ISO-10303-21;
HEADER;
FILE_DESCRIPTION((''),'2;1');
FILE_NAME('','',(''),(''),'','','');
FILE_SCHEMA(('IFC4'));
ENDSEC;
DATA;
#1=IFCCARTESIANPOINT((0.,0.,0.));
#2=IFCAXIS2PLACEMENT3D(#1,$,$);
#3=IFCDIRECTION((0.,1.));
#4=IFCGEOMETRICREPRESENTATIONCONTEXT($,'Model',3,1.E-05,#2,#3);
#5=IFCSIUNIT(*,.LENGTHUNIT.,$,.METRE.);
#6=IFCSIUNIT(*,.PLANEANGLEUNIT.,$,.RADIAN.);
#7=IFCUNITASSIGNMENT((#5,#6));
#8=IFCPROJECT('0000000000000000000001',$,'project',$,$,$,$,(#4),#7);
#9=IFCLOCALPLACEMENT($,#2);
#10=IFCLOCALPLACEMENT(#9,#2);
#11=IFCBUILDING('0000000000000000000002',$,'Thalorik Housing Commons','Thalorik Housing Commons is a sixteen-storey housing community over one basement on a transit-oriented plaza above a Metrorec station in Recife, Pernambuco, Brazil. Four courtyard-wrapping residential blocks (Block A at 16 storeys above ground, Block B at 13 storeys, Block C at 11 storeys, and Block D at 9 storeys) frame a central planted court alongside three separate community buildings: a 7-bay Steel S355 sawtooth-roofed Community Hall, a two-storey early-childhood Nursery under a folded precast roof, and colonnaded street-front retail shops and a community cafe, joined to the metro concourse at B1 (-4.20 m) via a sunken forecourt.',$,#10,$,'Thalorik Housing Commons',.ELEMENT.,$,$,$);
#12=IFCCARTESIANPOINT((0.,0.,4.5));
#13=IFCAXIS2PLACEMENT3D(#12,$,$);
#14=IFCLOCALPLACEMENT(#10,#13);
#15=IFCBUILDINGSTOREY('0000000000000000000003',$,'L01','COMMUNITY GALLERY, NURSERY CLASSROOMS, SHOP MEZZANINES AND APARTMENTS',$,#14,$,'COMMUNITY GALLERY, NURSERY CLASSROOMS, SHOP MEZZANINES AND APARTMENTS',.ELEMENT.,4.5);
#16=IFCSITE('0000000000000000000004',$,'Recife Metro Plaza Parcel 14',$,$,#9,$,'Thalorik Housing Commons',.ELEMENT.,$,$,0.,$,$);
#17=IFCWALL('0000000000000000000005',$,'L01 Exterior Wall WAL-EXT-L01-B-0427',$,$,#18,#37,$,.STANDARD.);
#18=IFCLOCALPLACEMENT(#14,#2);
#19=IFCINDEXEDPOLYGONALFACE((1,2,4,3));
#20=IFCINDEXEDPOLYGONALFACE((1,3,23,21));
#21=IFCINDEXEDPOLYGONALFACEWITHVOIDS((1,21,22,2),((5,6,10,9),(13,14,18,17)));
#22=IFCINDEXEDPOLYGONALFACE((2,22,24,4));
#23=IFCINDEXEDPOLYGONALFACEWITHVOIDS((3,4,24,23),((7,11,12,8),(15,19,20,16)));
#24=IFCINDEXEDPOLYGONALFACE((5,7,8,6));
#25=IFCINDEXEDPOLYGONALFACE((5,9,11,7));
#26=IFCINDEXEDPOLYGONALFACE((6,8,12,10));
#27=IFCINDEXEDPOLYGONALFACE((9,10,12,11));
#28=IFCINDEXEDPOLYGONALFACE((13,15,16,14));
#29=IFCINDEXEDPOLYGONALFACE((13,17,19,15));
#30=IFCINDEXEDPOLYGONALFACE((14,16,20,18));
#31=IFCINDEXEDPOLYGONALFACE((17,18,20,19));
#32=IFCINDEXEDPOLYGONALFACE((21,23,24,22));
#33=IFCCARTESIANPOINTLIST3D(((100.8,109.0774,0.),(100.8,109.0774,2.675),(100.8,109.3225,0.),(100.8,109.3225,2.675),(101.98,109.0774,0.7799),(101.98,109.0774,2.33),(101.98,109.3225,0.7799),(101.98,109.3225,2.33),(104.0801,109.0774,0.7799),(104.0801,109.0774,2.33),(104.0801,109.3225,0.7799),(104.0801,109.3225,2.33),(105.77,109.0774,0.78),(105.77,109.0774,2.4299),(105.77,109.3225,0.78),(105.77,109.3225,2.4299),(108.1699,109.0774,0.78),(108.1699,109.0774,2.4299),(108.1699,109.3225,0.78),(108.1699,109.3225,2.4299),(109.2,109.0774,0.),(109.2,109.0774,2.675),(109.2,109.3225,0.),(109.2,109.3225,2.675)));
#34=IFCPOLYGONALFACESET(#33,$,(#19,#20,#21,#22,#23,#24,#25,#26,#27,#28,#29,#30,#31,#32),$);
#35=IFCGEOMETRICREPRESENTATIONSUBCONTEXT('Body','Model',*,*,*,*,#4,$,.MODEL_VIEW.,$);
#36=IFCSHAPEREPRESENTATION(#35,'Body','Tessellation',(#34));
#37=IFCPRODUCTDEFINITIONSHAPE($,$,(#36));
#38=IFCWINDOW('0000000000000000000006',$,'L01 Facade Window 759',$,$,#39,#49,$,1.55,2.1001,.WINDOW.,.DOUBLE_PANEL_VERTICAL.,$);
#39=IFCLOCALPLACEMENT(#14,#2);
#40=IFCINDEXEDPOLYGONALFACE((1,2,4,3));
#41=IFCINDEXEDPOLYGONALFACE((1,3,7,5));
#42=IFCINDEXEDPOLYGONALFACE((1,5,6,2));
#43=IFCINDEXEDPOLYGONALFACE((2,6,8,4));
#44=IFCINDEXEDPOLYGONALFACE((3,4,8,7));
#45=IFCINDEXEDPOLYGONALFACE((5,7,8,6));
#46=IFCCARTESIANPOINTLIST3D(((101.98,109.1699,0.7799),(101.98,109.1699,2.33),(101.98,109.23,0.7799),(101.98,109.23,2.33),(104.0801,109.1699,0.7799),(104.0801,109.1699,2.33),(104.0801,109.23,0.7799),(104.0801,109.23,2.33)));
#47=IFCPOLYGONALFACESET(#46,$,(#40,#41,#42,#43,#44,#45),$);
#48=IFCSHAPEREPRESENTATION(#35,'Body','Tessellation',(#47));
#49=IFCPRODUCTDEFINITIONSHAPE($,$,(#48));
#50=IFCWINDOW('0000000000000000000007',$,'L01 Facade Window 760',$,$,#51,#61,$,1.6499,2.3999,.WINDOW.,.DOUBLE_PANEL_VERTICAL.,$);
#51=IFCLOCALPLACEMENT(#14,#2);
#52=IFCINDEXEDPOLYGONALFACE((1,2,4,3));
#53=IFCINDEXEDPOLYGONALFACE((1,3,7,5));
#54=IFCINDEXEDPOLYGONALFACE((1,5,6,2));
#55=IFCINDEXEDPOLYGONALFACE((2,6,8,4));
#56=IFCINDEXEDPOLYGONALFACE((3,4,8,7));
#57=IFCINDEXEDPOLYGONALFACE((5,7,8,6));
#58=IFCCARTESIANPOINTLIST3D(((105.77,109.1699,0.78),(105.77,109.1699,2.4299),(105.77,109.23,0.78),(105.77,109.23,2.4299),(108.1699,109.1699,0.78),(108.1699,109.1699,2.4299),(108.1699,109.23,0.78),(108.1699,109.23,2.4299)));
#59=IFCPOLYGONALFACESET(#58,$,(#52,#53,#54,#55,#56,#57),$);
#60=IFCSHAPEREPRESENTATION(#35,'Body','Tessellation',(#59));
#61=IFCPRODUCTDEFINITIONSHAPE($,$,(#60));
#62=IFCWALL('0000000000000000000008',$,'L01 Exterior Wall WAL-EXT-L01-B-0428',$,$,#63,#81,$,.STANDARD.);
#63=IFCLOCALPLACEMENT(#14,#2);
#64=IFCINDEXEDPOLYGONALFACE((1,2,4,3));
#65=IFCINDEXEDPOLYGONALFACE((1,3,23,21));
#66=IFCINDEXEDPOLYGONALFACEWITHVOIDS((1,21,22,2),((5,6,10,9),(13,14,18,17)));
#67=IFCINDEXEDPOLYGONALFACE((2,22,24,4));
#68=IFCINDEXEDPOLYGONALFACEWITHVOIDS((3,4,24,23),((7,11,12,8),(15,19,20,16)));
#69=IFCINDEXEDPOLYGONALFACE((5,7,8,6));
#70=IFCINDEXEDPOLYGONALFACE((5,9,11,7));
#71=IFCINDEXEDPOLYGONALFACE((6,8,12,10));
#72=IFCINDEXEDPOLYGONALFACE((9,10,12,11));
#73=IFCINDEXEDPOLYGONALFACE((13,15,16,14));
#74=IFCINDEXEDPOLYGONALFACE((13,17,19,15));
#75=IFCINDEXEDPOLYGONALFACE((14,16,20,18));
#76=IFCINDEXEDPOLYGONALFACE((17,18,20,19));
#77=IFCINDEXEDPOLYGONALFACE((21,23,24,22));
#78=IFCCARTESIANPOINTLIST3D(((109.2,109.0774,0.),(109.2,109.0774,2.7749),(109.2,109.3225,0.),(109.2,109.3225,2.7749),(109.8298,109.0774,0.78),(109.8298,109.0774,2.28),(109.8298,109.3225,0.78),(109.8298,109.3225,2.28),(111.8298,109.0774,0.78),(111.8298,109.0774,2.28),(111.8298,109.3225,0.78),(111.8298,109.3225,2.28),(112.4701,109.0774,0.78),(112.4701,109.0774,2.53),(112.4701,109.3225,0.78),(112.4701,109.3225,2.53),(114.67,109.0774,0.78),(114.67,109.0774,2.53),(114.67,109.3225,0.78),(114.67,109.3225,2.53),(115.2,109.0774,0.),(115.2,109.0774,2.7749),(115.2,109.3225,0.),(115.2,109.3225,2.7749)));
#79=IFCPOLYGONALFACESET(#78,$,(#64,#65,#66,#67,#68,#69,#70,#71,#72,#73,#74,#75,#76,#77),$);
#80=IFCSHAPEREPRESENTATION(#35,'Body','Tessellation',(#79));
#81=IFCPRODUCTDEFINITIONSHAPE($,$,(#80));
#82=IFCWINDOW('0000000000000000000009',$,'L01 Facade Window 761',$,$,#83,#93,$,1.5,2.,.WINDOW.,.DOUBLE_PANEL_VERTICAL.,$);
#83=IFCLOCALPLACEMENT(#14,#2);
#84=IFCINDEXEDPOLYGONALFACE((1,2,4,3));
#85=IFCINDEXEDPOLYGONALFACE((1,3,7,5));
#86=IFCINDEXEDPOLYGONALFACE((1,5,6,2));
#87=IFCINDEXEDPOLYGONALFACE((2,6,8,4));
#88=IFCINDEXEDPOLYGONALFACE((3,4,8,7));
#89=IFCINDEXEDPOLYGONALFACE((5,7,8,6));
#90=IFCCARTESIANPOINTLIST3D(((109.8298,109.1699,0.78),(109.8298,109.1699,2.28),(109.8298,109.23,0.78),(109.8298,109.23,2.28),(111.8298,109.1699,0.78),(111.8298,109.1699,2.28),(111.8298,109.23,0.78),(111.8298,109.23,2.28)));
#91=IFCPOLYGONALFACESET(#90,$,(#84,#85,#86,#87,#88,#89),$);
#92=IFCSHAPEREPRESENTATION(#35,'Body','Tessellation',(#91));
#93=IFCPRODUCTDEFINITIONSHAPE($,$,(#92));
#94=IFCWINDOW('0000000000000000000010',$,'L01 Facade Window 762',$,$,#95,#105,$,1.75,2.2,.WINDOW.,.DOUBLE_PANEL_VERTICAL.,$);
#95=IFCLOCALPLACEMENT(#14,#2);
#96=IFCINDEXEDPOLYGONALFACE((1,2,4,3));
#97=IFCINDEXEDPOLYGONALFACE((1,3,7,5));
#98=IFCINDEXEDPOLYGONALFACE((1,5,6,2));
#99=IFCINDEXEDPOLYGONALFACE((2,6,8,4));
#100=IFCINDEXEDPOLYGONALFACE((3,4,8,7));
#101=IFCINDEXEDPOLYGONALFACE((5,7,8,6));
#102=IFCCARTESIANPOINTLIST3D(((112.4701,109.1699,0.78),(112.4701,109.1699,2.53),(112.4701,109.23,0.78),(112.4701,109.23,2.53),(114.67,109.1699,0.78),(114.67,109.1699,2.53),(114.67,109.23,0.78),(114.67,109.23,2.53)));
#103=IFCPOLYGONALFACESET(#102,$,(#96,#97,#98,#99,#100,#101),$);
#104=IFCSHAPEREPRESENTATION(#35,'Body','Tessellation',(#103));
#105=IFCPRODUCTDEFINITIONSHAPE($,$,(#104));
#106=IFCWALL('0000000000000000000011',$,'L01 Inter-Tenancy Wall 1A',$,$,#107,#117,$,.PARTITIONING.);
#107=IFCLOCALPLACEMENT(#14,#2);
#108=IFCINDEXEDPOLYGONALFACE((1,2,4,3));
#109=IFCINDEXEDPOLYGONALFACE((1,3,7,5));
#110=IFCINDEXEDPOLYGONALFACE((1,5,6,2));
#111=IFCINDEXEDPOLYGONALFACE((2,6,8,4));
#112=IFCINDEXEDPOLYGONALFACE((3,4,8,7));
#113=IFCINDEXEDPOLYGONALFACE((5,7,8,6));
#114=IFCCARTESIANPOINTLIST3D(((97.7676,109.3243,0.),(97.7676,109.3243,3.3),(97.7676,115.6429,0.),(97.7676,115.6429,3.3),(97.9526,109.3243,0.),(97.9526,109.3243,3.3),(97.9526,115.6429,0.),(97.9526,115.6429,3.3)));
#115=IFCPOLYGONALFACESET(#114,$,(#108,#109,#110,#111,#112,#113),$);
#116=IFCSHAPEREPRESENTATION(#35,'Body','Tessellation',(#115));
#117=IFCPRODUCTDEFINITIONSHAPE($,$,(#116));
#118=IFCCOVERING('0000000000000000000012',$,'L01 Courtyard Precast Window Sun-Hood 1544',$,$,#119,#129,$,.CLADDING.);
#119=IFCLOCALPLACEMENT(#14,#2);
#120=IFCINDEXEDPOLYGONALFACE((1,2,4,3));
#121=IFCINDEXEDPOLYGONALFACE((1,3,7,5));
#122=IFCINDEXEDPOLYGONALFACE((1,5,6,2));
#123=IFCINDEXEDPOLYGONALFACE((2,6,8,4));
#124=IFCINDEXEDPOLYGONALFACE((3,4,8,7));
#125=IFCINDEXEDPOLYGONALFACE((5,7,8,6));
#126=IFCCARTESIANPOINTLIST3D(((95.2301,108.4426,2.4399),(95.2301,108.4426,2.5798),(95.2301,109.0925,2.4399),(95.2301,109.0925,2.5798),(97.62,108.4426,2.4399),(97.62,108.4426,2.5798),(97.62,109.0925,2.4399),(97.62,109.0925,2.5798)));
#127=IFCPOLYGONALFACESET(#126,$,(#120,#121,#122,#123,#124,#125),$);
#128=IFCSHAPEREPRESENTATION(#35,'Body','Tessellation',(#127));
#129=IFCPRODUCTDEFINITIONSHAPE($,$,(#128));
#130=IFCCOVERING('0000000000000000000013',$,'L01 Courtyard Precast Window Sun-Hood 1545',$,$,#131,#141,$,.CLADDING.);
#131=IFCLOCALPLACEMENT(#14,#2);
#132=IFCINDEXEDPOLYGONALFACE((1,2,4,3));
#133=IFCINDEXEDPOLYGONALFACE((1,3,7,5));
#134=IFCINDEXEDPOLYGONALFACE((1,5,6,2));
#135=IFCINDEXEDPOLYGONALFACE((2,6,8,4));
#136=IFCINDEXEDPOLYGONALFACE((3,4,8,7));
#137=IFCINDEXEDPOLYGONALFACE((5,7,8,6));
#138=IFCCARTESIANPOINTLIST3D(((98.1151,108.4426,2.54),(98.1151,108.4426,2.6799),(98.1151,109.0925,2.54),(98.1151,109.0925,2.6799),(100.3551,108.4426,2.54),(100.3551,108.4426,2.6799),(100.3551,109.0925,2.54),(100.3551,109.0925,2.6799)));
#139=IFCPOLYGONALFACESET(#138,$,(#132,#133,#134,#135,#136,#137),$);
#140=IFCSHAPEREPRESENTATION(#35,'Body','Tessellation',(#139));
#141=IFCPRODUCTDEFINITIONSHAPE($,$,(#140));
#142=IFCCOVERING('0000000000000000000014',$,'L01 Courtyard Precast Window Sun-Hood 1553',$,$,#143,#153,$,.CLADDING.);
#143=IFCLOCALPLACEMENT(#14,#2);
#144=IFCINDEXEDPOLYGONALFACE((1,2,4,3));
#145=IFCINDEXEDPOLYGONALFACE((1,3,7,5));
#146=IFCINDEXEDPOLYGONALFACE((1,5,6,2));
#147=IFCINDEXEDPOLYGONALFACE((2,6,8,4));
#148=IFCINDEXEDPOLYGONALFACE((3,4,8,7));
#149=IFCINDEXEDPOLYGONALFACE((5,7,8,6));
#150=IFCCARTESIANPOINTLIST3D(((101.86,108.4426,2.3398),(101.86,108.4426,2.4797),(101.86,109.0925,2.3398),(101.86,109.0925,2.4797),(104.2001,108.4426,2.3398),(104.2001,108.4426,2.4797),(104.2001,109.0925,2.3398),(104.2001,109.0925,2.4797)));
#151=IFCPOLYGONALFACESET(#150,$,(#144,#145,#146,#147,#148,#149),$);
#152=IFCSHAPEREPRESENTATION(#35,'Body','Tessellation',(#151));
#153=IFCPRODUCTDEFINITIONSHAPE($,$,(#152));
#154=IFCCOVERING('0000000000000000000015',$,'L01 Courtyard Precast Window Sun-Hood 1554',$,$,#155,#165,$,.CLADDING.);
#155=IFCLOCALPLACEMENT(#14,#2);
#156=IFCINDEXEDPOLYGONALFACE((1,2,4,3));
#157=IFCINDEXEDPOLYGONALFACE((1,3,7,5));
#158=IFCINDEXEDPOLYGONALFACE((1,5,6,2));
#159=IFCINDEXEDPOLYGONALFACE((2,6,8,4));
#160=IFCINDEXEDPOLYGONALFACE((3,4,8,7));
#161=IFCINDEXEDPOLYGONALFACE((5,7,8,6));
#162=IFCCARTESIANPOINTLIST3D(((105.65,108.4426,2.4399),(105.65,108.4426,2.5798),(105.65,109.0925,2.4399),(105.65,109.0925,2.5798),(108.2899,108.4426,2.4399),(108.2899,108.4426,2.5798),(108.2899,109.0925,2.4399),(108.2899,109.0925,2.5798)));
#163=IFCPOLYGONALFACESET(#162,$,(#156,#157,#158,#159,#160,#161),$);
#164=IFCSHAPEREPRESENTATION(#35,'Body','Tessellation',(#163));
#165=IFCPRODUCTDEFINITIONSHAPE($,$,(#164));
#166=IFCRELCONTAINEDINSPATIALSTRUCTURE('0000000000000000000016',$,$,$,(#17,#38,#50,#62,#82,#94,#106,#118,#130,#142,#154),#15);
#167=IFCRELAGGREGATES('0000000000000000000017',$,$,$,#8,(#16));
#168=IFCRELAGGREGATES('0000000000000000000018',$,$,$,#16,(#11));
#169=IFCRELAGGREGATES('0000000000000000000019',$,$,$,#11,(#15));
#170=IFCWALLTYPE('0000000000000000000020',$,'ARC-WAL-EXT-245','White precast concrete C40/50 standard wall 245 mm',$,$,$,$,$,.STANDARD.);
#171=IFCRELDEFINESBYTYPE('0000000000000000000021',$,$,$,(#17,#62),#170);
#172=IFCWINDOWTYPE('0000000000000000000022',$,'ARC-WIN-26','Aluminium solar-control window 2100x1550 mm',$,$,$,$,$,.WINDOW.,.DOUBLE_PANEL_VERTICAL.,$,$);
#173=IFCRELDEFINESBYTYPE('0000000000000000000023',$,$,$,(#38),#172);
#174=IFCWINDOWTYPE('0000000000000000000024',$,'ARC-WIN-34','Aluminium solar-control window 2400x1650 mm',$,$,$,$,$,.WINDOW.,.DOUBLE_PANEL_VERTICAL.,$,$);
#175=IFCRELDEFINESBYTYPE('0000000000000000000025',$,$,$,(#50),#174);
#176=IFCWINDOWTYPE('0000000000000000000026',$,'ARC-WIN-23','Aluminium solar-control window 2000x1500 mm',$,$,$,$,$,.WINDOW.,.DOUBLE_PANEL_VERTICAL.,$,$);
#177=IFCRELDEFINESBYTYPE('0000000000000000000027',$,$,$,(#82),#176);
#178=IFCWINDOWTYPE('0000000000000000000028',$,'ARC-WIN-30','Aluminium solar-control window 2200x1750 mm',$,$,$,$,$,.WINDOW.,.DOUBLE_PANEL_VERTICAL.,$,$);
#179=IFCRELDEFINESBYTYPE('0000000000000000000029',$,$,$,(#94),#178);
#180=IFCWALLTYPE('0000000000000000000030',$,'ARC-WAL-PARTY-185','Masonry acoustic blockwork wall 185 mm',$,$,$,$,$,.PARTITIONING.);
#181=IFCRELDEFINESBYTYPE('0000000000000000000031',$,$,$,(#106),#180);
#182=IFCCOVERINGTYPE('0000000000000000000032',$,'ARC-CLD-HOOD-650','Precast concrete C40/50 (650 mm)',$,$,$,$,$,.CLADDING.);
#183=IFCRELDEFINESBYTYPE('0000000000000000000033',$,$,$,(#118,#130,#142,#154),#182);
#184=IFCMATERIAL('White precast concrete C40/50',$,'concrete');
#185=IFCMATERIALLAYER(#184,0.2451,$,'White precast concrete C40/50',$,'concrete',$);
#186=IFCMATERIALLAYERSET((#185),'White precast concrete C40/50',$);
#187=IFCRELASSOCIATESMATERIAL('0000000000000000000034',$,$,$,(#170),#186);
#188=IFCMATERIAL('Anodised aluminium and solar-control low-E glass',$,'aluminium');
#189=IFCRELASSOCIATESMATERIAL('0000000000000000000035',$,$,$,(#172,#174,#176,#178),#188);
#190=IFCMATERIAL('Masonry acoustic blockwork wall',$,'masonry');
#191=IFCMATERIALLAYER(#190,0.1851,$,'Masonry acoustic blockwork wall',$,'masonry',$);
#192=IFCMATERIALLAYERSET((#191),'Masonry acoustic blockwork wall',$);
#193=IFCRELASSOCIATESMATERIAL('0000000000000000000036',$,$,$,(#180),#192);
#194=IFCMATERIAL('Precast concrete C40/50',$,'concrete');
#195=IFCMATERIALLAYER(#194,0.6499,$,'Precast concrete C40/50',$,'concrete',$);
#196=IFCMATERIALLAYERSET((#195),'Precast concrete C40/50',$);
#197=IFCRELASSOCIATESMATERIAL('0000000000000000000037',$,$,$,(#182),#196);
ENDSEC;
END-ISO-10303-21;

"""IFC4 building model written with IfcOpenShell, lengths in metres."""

from ifc_helpers import new_model, si_unit, direction, frame, frame_2d, origin, origin_2d, place, context, subcontext, project, spatial, rectangle, extrude, material, layer, layer_set, type_object, element, fill, save


model = new_model("IFC4")

# Units and contexts
model_context = context("Model", 3, precision=1e-05, world=origin(), true_north=direction((0.0, 1.0)))
body_context = subcontext(model_context, "Body", "Model", "MODEL_VIEW")
ifc_project = project(units=[si_unit("LENGTHUNIT", "METRE"), si_unit("PLANEANGLEUNIT", "RADIAN")], contexts=[model_context])

# Site, building, storey
site_placement = place(None, origin())
site = spatial("IfcSite", under=ifc_project, at=site_placement, Name="Recife Metro Plaza Parcel 14", LongName="Thalorik Housing Commons", CompositionType="ELEMENT", RefElevation=0.0)
building_placement = place(site_placement, origin())
building = spatial("IfcBuilding", under=site, at=building_placement, Name="Thalorik Housing Commons", Description="Thalorik Housing Commons is a sixteen-storey housing community over one basement on a transit-oriented plaza above a Metrorec station in Recife, Pernambuco, Brazil. Four courtyard-wrapping residential blocks (Block A at 16 storeys above ground, Block B at 13 storeys, Block C at 11 storeys, and Block D at 9 storeys) frame a central planted court alongside three separate community buildings: a 7-bay Steel S355 sawtooth-roofed Community Hall, a two-storey early-childhood Nursery under a folded precast roof, and colonnaded street-front retail shops and a community cafe, joined to the metro concourse at B1 (-4.20 m) via a sunken forecourt.", LongName="Thalorik Housing Commons", CompositionType="ELEMENT")
storey_placement = place(building_placement, frame((0.0, 0.0, 4.5)))
storey = spatial("IfcBuildingStorey", under=building, at=storey_placement, Name="L01", Description="COMMUNITY GALLERY, NURSERY CLASSROOMS, SHOP MEZZANINES AND APARTMENTS", LongName="COMMUNITY GALLERY, NURSERY CLASSROOMS, SHOP MEZZANINES AND APARTMENTS", CompositionType="ELEMENT", Elevation=4.5)

# Shared definitions
ifc_material_1 = material(Name="Precast concrete C40/50", Category="concrete")

# Walls, openings, windows
ifc_material_2 = material(Name="White precast concrete C40/50", Category="concrete")
ifc_layer_1 = layer(ifc_material_2, 0.2451, Name="White precast concrete C40/50", Category="concrete")
ifc_layer_set_1 = layer_set([ifc_layer_1], Name="White precast concrete C40/50")
wall_type_1 = type_object("IfcWallType", Name="ARC-WAL-EXT-245", Description="White precast concrete C40/50 standard wall 245 mm", PredefinedType="STANDARD", material=ifc_layer_set_1)
ifc_material_3 = material(Name="Anodised aluminium and solar-control low-E glass", Category="aluminium")
wall_1_placement = place(storey_placement, frame((100.8, 109.2, 0.0), z_axis=(0.0, 0.0, 1.0), x_axis=(1.0, 0.0, 0.0)))
wall_1 = element("IfcWall", 1, at=wall_1_placement, inside=storey, type_object=wall_type_1, Name="L01 Exterior Wall WAL-EXT-L01-B-0427", PredefinedType="STANDARD", context=body_context, shape_type="SweptSolid", body=[
    extrude(rectangle(XDim=8.3999, YDim=0.2451, at=frame_2d((4.2, 0.0))), origin(), (0.0, 0.0, 1.0), 2.675),
])
opening_1_placement = place(wall_1_placement, frame((1.1799, 0.0, 0.78)))
opening_1 = element("IfcOpeningElement", 2, at=opening_1_placement, cuts=wall_1, PredefinedType="OPENING", context=body_context, shape_type="SweptSolid", body=[
    extrude(rectangle(XDim=2.1001, YDim=1.55, at=frame_2d((1.05, 0.7749))), frame((0.0, 0.1326, 0.0), z_axis=(0.0, -1.0, 0.0), x_axis=(1.0, 0.0, 0.0)), (0.0, 0.0, 1.0), 0.2651),
])
opening_2_placement = place(wall_1_placement, frame((4.97, 0.0, 0.78)))
opening_2 = element("IfcOpeningElement", 3, at=opening_2_placement, cuts=wall_1, PredefinedType="OPENING", context=body_context, shape_type="SweptSolid", body=[
    extrude(rectangle(XDim=2.3999, YDim=1.6499, at=frame_2d((1.2, 0.825))), frame((0.0, 0.1326, 0.0), z_axis=(0.0, -1.0, 0.0), x_axis=(1.0, 0.0, 0.0)), (0.0, 0.0, 1.0), 0.2651),
])
window_type_1 = type_object("IfcWindowType", Name="ARC-WIN-26", Description="Aluminium solar-control window 2100x1550 mm", PartitioningType="DOUBLE_PANEL_VERTICAL", PredefinedType="WINDOW", material=ifc_material_3)
window_1_placement = place(opening_1_placement, origin())
window_1 = element("IfcWindow", 4, at=window_1_placement, inside=storey, type_object=window_type_1, Name="L01 Facade Window 759", OverallHeight=1.55, OverallWidth=2.1001, PartitioningType="DOUBLE_PANEL_VERTICAL", PredefinedType="WINDOW", context=body_context, shape_type="SweptSolid", body=[
    extrude(rectangle(XDim=2.1001, YDim=1.55, at=frame_2d((1.05, 0.7749))), frame((0.0, 0.03, 0.0), z_axis=(0.0, -1.0, 0.0), x_axis=(1.0, 0.0, 0.0)), (0.0, 0.0, 1.0), 0.0601),
])
fill(opening_1, window_1)
window_type_2 = type_object("IfcWindowType", Name="ARC-WIN-34", Description="Aluminium solar-control window 2400x1650 mm", PartitioningType="DOUBLE_PANEL_VERTICAL", PredefinedType="WINDOW", material=ifc_material_3)
window_2_placement = place(opening_2_placement, origin())
window_2 = element("IfcWindow", 5, at=window_2_placement, inside=storey, type_object=window_type_2, Name="L01 Facade Window 760", OverallHeight=1.6499, OverallWidth=2.3999, PartitioningType="DOUBLE_PANEL_VERTICAL", PredefinedType="WINDOW", context=body_context, shape_type="SweptSolid", body=[
    extrude(rectangle(XDim=2.3999, YDim=1.6499, at=frame_2d((1.2, 0.825))), frame((0.0, 0.03, 0.0), z_axis=(0.0, -1.0, 0.0), x_axis=(1.0, 0.0, 0.0)), (0.0, 0.0, 1.0), 0.0601),
])
fill(opening_2, window_2)
wall_2_placement = place(storey_placement, frame((109.2, 109.2, 0.0), z_axis=(0.0, 0.0, 1.0), x_axis=(1.0, 0.0, 0.0)))
wall_2 = element("IfcWall", 6, at=wall_2_placement, inside=storey, type_object=wall_type_1, Name="L01 Exterior Wall WAL-EXT-L01-B-0428", PredefinedType="STANDARD", context=body_context, shape_type="SweptSolid", body=[
    extrude(rectangle(XDim=6.0, YDim=0.2451, at=frame_2d((3.0, 0.0))), origin(), (0.0, 0.0, 1.0), 2.7749),
])
opening_3_placement = place(wall_2_placement, frame((0.6299, 0.0, 0.78)))
opening_3 = element("IfcOpeningElement", 7, at=opening_3_placement, cuts=wall_2, PredefinedType="OPENING", context=body_context, shape_type="SweptSolid", body=[
    extrude(rectangle(XDim=2.0, YDim=1.5, at=frame_2d((1.0, 0.75))), frame((0.0, 0.1326, 0.0), z_axis=(0.0, -1.0, 0.0), x_axis=(1.0, 0.0, 0.0)), (0.0, 0.0, 1.0), 0.2651),
])
opening_4_placement = place(wall_2_placement, frame((3.27, 0.0, 0.78)))
opening_4 = element("IfcOpeningElement", 8, at=opening_4_placement, cuts=wall_2, PredefinedType="OPENING", context=body_context, shape_type="SweptSolid", body=[
    extrude(rectangle(XDim=2.2, YDim=1.75, at=frame_2d((1.1001, 0.875))), frame((0.0, 0.1326, 0.0), z_axis=(0.0, -1.0, 0.0), x_axis=(1.0, 0.0, 0.0)), (0.0, 0.0, 1.0), 0.2651),
])
window_type_3 = type_object("IfcWindowType", Name="ARC-WIN-23", Description="Aluminium solar-control window 2000x1500 mm", PartitioningType="DOUBLE_PANEL_VERTICAL", PredefinedType="WINDOW", material=ifc_material_3)
window_3_placement = place(opening_3_placement, origin())
window_3 = element("IfcWindow", 9, at=window_3_placement, inside=storey, type_object=window_type_3, Name="L01 Facade Window 761", OverallHeight=1.5, OverallWidth=2.0, PartitioningType="DOUBLE_PANEL_VERTICAL", PredefinedType="WINDOW", context=body_context, shape_type="SweptSolid", body=[
    extrude(rectangle(XDim=2.0, YDim=1.5, at=frame_2d((1.0, 0.75))), frame((0.0, 0.03, 0.0), z_axis=(0.0, -1.0, 0.0), x_axis=(1.0, 0.0, 0.0)), (0.0, 0.0, 1.0), 0.0601),
])
fill(opening_3, window_3)
window_type_4 = type_object("IfcWindowType", Name="ARC-WIN-30", Description="Aluminium solar-control window 2200x1750 mm", PartitioningType="DOUBLE_PANEL_VERTICAL", PredefinedType="WINDOW", material=ifc_material_3)
window_4_placement = place(opening_4_placement, origin())
window_4 = element("IfcWindow", 10, at=window_4_placement, inside=storey, type_object=window_type_4, Name="L01 Facade Window 762", OverallHeight=1.75, OverallWidth=2.2, PartitioningType="DOUBLE_PANEL_VERTICAL", PredefinedType="WINDOW", context=body_context, shape_type="SweptSolid", body=[
    extrude(rectangle(XDim=2.2, YDim=1.75, at=frame_2d((1.1001, 0.875))), frame((0.0, 0.03, 0.0), z_axis=(0.0, -1.0, 0.0), x_axis=(1.0, 0.0, 0.0)), (0.0, 0.0, 1.0), 0.0601),
])
fill(opening_4, window_4)

# Wall
ifc_material_4 = material(Name="Masonry acoustic blockwork wall", Category="masonry")
ifc_layer_2 = layer(ifc_material_4, 0.1851, Name="Masonry acoustic blockwork wall", Category="masonry")
ifc_layer_set_2 = layer_set([ifc_layer_2], Name="Masonry acoustic blockwork wall")
wall_type_2 = type_object("IfcWallType", Name="ARC-WAL-PARTY-185", Description="Masonry acoustic blockwork wall 185 mm", PredefinedType="PARTITIONING", material=ifc_layer_set_2)
wall_3_placement = place(storey_placement, frame((97.8601, 109.3245, 0.0), z_axis=(0.0, 0.0, 1.0), x_axis=(0.0, 1.0, 0.0)))
element("IfcWall", 11, at=wall_3_placement, inside=storey, type_object=wall_type_2, Name="L01 Inter-Tenancy Wall 1A", PredefinedType="PARTITIONING", context=body_context, shape_type="SweptSolid", body=[
    extrude(rectangle(XDim=6.3186, YDim=0.1851, at=frame_2d((3.1592, 0.0))), origin(), (0.0, 0.0, 1.0), 3.3),
])

# Coverings
ifc_layer_3 = layer(ifc_material_1, 0.6499, Name="Precast concrete C40/50", Category="concrete")
ifc_layer_set_3 = layer_set([ifc_layer_3], Name="Precast concrete C40/50")
covering_type = type_object("IfcCoveringType", Name="ARC-CLD-HOOD-650", Description="Precast concrete C40/50 (650 mm)", PredefinedType="CLADDING", material=ifc_layer_set_3)
covering_1_placement = place(storey_placement, frame((96.425, 108.7676, 2.4399), z_axis=(0.0, 0.0, 1.0), x_axis=(1.0, 0.0, 0.0)))
element("IfcCovering", 12, at=covering_1_placement, inside=storey, type_object=covering_type, Name="L01 Courtyard Precast Window Sun-Hood 1544", PredefinedType="CLADDING", context=body_context, shape_type="SweptSolid", body=[
    extrude(rectangle(XDim=2.3899, YDim=0.6499, at=origin_2d()), origin(), (0.0, 0.0, 1.0), 0.1399),
])
covering_2_placement = place(storey_placement, frame((99.2351, 108.7676, 2.54), z_axis=(0.0, 0.0, 1.0), x_axis=(1.0, 0.0, 0.0)))
element("IfcCovering", 13, at=covering_2_placement, inside=storey, type_object=covering_type, Name="L01 Courtyard Precast Window Sun-Hood 1545", PredefinedType="CLADDING", context=body_context, shape_type="SweptSolid", body=[
    extrude(rectangle(XDim=2.24, YDim=0.6499, at=origin_2d()), origin(), (0.0, 0.0, 1.0), 0.1399),
])
covering_3_placement = place(storey_placement, frame((103.03, 108.7676, 2.3398), z_axis=(0.0, 0.0, 1.0), x_axis=(1.0, 0.0, 0.0)))
element("IfcCovering", 14, at=covering_3_placement, inside=storey, type_object=covering_type, Name="L01 Courtyard Precast Window Sun-Hood 1553", PredefinedType="CLADDING", context=body_context, shape_type="SweptSolid", body=[
    extrude(rectangle(XDim=2.3401, YDim=0.6499, at=origin_2d()), origin(), (0.0, 0.0, 1.0), 0.1399),
])
covering_4_placement = place(storey_placement, frame((106.97, 108.7676, 2.4399), z_axis=(0.0, 0.0, 1.0), x_axis=(1.0, 0.0, 0.0)))
element("IfcCovering", 15, at=covering_4_placement, inside=storey, type_object=covering_type, Name="L01 Courtyard Precast Window Sun-Hood 1554", PredefinedType="CLADDING", context=body_context, shape_type="SweptSolid", body=[
    extrude(rectangle(XDim=2.6399, YDim=0.6499, at=origin_2d()), origin(), (0.0, 0.0, 1.0), 0.1399),
])

save(model, "model.ifc")
